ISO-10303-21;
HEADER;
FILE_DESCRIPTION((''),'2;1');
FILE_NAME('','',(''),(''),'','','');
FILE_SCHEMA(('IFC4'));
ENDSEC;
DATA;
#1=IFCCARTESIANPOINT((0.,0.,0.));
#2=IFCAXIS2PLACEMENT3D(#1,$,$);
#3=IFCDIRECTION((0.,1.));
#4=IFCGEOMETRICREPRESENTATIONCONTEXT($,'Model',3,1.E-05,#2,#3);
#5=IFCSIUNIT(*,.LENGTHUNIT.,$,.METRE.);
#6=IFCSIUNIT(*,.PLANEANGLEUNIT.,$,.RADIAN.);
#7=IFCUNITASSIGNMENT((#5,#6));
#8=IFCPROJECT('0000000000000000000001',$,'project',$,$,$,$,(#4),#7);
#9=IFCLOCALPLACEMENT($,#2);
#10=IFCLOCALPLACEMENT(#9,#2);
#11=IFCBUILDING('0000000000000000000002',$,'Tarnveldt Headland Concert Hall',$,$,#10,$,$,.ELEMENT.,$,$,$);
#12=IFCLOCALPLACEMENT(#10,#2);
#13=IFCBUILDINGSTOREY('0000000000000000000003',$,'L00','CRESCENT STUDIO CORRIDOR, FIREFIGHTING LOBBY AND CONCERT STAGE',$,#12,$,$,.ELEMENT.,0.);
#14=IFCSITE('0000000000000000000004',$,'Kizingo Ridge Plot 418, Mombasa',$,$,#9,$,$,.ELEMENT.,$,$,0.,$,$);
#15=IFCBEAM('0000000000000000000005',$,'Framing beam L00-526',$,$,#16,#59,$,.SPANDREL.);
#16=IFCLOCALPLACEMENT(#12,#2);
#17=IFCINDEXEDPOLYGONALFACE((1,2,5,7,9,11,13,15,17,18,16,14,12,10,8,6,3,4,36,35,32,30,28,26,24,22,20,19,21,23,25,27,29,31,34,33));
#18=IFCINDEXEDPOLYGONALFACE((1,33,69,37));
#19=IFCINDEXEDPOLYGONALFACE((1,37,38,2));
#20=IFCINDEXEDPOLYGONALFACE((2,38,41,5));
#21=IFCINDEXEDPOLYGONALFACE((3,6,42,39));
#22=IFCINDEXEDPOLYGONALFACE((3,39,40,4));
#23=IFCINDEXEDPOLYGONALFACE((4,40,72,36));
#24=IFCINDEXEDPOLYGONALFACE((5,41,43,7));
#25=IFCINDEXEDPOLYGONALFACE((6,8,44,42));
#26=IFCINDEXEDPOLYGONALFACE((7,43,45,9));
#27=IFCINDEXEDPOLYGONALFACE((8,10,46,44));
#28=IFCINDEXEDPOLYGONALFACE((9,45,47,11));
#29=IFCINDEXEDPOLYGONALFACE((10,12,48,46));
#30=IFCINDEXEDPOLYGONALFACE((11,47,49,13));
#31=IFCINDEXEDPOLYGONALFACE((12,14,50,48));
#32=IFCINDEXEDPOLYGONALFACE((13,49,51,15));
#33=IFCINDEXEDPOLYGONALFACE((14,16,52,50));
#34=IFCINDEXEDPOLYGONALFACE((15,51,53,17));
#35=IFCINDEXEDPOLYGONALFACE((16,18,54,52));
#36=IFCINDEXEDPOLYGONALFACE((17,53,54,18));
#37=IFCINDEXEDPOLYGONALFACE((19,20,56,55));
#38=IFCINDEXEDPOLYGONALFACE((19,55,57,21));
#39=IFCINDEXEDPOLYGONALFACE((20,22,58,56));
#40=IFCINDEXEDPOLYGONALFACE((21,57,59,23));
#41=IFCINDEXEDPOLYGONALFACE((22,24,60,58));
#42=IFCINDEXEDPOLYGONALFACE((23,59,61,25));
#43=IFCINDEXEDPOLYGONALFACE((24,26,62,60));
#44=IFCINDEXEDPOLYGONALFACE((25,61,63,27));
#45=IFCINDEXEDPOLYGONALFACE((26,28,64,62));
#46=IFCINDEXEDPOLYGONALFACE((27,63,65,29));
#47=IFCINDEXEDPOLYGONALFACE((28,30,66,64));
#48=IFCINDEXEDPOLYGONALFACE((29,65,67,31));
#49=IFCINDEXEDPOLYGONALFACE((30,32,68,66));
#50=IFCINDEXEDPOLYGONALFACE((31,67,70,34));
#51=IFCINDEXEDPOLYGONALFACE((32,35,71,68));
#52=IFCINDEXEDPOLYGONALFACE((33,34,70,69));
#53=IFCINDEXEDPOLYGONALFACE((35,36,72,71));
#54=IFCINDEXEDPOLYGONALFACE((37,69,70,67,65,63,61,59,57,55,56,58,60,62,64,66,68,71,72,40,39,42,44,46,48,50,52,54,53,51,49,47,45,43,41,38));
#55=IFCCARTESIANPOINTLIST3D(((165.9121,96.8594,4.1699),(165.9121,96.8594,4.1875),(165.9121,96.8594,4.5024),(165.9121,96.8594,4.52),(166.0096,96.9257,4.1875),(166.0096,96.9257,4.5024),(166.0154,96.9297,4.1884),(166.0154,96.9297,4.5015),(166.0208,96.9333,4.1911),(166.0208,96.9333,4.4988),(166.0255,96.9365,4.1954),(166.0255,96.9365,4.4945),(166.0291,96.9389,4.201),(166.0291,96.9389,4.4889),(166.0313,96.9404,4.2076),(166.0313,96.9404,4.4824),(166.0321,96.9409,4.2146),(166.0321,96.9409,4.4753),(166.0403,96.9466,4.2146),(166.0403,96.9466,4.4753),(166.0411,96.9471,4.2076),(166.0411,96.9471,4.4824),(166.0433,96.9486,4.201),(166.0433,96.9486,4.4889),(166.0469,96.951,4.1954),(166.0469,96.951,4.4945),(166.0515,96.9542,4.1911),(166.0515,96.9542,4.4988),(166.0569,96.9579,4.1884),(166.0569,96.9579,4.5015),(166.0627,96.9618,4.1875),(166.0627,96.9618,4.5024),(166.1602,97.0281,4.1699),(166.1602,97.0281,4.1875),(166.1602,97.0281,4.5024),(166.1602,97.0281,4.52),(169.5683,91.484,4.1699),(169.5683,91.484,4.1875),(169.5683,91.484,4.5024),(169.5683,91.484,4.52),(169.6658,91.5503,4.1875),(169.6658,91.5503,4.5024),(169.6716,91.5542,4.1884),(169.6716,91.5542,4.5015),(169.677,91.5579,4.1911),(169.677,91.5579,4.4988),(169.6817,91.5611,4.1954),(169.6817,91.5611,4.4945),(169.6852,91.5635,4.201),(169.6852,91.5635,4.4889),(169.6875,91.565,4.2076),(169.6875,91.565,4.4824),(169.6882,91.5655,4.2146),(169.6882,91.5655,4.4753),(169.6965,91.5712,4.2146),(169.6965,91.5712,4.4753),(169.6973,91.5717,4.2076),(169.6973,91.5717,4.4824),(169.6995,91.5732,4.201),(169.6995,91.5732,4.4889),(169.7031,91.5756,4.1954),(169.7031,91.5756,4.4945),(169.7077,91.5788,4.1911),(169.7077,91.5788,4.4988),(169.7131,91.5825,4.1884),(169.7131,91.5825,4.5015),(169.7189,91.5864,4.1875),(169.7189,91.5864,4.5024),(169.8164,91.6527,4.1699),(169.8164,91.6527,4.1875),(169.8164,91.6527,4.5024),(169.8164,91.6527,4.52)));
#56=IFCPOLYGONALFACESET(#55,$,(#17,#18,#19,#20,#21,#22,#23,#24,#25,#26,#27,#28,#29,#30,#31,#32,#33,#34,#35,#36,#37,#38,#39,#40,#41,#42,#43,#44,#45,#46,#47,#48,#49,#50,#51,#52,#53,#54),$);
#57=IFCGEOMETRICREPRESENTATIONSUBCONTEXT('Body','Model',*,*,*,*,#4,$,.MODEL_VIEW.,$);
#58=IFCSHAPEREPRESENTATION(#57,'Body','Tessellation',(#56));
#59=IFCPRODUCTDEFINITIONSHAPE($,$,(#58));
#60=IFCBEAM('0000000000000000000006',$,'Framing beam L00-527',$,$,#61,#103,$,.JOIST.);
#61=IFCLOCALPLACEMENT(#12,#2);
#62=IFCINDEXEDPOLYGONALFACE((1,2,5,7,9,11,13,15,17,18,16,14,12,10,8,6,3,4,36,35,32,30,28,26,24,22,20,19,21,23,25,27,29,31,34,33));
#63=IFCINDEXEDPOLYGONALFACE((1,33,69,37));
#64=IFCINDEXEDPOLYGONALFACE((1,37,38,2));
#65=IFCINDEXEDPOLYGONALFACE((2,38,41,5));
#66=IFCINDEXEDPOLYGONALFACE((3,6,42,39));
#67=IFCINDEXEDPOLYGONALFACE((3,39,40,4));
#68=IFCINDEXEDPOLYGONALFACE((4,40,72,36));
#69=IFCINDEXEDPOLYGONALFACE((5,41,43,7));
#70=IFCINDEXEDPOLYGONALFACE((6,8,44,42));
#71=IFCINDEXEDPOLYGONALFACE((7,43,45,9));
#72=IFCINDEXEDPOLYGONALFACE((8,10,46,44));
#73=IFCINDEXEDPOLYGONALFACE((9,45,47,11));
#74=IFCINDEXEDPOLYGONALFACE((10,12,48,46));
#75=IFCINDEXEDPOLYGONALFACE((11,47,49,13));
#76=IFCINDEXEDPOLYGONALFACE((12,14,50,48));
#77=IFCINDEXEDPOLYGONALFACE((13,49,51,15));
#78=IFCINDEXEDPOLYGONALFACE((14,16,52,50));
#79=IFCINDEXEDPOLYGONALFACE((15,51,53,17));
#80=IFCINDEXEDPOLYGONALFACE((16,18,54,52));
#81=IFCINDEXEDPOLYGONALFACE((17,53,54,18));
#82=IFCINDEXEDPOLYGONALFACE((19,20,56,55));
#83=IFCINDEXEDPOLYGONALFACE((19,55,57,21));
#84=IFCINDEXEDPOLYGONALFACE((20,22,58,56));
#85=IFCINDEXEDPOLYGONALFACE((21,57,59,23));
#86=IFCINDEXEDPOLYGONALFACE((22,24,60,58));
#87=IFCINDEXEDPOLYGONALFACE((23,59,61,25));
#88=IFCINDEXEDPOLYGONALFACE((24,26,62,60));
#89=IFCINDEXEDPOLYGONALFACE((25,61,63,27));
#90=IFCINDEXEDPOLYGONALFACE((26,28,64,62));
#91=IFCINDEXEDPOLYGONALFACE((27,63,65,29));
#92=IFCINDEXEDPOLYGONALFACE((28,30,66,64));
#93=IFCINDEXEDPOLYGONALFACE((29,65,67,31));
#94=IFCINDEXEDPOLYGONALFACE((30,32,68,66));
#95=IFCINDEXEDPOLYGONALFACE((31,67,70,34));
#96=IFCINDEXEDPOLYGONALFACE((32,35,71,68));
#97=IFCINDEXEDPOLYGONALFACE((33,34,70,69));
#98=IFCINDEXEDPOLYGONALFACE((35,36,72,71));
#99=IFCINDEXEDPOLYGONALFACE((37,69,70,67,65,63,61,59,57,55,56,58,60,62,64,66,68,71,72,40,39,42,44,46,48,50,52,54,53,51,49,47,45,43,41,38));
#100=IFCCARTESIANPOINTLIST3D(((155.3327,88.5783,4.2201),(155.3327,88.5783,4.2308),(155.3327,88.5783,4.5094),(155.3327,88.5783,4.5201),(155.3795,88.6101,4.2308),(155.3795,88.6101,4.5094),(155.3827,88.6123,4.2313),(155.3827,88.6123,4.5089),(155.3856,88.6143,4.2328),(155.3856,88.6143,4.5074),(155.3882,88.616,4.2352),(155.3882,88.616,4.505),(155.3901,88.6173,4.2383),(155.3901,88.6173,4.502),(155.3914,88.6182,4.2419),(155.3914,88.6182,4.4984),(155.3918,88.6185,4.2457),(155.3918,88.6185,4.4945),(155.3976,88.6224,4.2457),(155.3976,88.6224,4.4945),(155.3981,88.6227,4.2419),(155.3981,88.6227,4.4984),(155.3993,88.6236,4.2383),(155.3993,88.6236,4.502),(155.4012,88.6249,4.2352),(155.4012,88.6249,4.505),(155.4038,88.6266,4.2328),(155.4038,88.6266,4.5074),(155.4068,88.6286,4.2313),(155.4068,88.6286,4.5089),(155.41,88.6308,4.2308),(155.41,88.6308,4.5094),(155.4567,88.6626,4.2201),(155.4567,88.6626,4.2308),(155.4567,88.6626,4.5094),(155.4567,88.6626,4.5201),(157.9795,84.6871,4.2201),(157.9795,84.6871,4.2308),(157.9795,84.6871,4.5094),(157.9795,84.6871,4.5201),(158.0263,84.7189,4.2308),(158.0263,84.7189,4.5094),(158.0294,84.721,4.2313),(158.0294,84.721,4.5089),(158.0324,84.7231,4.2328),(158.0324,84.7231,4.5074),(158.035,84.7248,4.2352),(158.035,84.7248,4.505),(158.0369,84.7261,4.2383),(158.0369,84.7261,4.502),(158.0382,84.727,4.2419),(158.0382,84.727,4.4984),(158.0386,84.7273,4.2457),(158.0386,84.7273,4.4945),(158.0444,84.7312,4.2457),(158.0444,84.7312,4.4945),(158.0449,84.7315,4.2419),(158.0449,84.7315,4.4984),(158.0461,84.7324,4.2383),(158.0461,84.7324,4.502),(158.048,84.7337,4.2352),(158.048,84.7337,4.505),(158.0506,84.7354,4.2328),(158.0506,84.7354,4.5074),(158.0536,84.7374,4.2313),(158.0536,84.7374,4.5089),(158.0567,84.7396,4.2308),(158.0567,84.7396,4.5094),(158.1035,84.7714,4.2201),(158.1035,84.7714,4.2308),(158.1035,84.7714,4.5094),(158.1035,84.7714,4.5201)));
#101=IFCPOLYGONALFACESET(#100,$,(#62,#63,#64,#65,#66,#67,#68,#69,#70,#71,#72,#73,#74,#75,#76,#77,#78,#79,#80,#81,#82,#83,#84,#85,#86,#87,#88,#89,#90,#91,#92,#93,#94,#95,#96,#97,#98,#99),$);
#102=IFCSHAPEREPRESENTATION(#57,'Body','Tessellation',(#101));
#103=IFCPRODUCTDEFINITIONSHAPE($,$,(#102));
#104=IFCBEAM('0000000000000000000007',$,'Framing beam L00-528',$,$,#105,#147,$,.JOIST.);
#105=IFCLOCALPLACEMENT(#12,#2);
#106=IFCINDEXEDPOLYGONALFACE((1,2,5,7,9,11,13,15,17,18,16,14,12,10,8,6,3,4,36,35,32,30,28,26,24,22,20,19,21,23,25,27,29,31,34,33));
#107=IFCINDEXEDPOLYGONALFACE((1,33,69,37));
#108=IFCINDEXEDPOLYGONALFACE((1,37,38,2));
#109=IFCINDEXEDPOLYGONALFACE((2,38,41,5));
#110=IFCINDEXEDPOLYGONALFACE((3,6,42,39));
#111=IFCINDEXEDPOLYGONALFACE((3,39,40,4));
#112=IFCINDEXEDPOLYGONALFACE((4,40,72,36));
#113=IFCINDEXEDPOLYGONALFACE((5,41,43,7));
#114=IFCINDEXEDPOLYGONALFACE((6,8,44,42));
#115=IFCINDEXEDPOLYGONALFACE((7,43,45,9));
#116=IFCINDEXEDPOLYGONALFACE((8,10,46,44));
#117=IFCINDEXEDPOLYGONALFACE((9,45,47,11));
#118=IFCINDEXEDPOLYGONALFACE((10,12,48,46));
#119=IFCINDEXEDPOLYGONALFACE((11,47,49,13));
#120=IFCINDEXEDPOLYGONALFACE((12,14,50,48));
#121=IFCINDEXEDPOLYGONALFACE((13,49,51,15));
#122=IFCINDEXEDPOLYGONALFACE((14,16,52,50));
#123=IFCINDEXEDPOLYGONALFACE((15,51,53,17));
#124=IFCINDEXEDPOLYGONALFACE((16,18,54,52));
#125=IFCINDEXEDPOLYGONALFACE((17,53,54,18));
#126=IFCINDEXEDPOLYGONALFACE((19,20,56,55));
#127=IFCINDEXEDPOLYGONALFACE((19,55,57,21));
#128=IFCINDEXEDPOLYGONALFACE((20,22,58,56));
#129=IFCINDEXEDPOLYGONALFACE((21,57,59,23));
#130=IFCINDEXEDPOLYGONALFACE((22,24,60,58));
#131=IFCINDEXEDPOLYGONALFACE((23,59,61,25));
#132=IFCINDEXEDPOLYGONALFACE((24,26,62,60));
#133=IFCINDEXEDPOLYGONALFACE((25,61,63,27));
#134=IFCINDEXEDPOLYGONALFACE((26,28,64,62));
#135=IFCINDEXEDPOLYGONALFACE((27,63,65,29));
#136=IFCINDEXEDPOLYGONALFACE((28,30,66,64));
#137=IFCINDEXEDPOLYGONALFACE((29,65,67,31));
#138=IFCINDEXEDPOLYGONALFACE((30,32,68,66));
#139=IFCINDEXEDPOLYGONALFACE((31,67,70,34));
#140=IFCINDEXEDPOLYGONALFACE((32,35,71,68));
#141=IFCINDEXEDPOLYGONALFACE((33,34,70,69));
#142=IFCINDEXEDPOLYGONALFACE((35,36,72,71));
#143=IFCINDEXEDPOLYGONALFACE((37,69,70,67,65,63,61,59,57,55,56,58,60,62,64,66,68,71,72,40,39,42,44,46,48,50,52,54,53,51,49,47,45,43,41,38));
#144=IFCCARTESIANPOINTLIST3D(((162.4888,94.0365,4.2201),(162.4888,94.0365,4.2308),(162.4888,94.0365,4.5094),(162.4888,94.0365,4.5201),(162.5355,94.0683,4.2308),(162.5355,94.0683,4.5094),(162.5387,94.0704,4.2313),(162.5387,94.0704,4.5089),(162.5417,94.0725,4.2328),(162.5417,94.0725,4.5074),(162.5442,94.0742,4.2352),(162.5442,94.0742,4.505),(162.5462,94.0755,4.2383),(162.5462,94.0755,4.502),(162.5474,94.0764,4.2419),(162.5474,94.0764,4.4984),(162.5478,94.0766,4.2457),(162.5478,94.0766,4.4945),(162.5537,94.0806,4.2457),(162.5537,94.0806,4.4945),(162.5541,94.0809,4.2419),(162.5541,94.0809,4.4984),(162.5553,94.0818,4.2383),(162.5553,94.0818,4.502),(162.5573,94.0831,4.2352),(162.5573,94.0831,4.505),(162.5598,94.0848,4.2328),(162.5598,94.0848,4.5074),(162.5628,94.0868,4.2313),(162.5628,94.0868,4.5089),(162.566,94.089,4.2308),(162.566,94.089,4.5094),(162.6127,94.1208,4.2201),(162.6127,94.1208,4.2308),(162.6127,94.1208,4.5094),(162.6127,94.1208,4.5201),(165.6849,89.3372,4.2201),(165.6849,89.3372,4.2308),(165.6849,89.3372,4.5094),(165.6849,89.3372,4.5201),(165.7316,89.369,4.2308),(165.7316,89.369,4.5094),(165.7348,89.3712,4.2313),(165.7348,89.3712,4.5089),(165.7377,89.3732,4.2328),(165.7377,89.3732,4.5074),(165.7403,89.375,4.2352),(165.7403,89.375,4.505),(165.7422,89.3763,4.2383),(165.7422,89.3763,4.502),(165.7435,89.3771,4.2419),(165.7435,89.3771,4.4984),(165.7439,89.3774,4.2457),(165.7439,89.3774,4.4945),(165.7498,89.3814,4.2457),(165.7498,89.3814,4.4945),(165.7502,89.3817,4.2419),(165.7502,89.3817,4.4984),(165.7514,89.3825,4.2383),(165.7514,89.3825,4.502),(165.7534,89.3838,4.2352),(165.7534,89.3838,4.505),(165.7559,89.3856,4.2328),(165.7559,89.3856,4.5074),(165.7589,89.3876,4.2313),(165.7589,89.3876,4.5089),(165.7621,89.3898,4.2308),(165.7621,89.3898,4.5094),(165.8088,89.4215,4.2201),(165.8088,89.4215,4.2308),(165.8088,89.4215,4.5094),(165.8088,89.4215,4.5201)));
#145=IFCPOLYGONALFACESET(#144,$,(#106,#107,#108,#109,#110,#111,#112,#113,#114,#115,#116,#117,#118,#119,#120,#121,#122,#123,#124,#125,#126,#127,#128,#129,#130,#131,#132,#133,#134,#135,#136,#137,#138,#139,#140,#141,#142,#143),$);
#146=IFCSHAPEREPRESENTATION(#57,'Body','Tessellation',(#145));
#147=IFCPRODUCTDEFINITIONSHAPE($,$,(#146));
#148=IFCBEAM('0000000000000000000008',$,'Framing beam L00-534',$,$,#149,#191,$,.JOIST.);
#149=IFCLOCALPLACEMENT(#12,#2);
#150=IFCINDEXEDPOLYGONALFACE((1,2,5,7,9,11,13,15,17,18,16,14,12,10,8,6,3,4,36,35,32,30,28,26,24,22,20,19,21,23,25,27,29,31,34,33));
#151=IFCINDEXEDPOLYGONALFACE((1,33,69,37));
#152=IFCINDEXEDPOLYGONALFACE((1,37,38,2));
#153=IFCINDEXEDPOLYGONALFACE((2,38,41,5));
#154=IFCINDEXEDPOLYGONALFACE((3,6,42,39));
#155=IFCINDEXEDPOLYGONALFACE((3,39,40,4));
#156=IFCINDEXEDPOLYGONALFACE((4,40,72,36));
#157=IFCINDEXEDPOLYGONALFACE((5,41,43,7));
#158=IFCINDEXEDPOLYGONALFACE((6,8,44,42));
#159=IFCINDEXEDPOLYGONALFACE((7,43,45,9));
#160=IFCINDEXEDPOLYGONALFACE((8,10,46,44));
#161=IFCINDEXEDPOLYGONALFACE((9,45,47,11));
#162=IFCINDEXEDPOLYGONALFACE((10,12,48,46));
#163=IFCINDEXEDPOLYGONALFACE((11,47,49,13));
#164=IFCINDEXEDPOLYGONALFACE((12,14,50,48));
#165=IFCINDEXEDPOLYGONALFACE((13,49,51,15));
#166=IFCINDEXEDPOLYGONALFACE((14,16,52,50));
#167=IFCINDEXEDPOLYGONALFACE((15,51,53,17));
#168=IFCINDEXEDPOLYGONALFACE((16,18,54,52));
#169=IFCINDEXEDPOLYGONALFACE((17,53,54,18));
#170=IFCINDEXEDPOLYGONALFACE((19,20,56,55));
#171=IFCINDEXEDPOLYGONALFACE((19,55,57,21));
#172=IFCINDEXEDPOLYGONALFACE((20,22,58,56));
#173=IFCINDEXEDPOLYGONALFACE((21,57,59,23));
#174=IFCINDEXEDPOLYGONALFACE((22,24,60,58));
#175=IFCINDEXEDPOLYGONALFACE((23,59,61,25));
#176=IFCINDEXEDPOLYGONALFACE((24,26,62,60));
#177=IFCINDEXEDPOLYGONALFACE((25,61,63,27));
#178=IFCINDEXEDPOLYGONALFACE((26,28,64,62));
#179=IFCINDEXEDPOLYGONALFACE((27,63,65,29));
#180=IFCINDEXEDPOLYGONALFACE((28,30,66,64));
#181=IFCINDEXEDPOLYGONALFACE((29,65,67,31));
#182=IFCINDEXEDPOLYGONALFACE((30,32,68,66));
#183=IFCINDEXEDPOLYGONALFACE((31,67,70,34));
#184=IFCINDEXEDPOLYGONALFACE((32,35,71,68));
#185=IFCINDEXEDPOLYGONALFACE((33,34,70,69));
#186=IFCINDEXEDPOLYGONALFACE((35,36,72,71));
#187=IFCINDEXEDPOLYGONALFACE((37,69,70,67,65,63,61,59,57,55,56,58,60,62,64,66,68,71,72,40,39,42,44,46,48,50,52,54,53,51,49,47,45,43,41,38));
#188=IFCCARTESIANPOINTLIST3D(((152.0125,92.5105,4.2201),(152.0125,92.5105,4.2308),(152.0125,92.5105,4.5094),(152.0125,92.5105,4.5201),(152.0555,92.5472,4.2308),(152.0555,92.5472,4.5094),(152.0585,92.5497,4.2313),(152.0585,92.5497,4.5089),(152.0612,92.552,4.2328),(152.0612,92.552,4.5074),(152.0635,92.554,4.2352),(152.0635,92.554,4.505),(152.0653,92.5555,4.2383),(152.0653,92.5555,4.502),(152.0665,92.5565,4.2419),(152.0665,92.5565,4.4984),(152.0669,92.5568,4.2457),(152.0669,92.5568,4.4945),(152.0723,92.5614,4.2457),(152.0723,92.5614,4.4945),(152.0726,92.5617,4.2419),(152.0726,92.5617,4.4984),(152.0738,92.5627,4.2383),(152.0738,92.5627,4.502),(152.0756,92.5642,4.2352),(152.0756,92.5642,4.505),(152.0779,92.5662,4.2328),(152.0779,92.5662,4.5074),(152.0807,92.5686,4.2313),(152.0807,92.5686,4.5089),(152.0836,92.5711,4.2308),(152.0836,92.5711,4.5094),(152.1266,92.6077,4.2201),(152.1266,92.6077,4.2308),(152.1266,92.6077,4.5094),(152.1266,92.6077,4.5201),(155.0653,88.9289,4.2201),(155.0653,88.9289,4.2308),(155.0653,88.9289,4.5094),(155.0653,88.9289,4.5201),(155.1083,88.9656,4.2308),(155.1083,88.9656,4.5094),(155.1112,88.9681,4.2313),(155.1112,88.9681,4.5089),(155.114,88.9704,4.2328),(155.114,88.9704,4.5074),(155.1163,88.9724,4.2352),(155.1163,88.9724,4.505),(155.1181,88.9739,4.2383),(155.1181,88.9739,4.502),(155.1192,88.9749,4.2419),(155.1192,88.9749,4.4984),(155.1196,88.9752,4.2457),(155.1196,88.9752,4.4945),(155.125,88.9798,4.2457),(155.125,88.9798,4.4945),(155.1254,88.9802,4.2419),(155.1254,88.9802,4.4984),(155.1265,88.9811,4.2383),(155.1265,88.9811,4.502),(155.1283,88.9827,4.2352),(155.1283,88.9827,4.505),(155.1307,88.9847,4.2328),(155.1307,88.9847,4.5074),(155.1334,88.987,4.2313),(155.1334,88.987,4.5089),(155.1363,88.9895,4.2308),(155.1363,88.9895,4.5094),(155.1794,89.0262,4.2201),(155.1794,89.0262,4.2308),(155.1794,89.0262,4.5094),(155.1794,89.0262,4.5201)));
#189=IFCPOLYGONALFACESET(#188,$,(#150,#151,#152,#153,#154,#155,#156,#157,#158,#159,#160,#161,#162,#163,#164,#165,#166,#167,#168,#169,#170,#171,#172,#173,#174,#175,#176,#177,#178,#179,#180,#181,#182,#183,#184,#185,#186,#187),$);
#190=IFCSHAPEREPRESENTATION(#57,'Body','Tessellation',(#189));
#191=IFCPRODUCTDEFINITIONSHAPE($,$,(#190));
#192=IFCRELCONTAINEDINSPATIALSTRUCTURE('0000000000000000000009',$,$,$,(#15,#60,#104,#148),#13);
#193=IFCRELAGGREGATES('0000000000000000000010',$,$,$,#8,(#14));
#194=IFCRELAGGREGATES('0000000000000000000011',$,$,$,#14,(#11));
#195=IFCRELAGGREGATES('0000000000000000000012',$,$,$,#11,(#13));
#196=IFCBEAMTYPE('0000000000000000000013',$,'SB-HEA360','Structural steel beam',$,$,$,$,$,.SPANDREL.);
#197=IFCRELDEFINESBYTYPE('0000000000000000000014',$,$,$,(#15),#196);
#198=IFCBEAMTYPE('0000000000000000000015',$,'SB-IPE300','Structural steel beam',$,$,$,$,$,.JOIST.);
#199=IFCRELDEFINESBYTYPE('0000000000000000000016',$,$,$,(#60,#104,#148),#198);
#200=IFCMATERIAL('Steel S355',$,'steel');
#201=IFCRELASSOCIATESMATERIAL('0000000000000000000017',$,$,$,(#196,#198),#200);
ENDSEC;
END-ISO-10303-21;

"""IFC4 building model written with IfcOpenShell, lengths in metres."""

from ifc_helpers import new_model, si_unit, direction, frame, origin, origin_2d, place, context, subcontext, project, spatial, i_section, extrude, material, material_profile, profile_set, type_object, element, save


model = new_model("IFC4")

# Units and contexts
model_context = context("Model", 3, precision=1e-05, world=origin(), true_north=direction((0.0, 1.0)))
body_context = subcontext(model_context, "Body", "Model", "MODEL_VIEW")
ifc_project = project(units=[si_unit("LENGTHUNIT", "METRE"), si_unit("PLANEANGLEUNIT", "RADIAN")], contexts=[model_context])

# Site, building, storey
site_placement = place(None, origin())
site = spatial("IfcSite", under=ifc_project, at=site_placement, Name="Kizingo Ridge Plot 418, Mombasa", CompositionType="ELEMENT", RefElevation=0.0)
building_placement = place(site_placement, origin())
building = spatial("IfcBuilding", under=site, at=building_placement, Name="Tarnveldt Headland Concert Hall", CompositionType="ELEMENT")
storey_placement = place(building_placement, origin())
storey = spatial("IfcBuildingStorey", under=building, at=storey_placement, Name="L00", Description="CRESCENT STUDIO CORRIDOR, FIREFIGHTING LOBBY AND CONCERT STAGE", CompositionType="ELEMENT", Elevation=0.0)

# Beams
ifc_material_1 = material(Name="Steel S355", Category="steel")
ifc_material_profile_1 = material_profile(ifc_material_1, i_section(OverallWidth=0.3, OverallDepth=0.3501, WebThickness=0.01, FlangeThickness=0.0176, FilletRadius=0.0271, at=origin_2d()), Name="HEA360", Category="steel")
ifc_profile_set_1 = profile_set([ifc_material_profile_1], Name="Steel S355")
beam_type_1 = type_object("IfcBeamType", Name="SB-HEA360", Description="Structural steel beam", PredefinedType="SPANDREL", material=ifc_profile_set_1)
beam_1_placement = place(storey_placement, frame((169.6924, 91.5684, 4.345), z_axis=(-0.562407, 0.826861, 0.0), x_axis=(-0.826861, -0.562407, 0.0)))
element("IfcBeam", 1, at=beam_1_placement, inside=storey, type_object=beam_type_1, Name="Framing beam L00-526", PredefinedType="SPANDREL", context=body_context, shape_type="SweptSolid", body=[
    extrude(i_section(OverallWidth=0.3, OverallDepth=0.3501, WebThickness=0.01, FlangeThickness=0.0176, FilletRadius=0.0271, at=origin_2d()), origin(), (0.0, 0.0, 1.0), 6.501),
])
ifc_material_profile_2 = material_profile(ifc_material_1, i_section(OverallWidth=0.1499, OverallDepth=0.3, WebThickness=0.0071, FlangeThickness=0.0107, FilletRadius=0.0149, at=origin_2d()), Name="IPE300", Category="steel")
ifc_profile_set_2 = profile_set([ifc_material_profile_2], Name="Steel S355")
beam_type_2 = type_object("IfcBeamType", Name="SB-IPE300", Description="Structural steel beam", PredefinedType="JOIST", material=ifc_profile_set_2)
beam_2_placement = place(storey_placement, frame((158.0415, 84.7292, 4.3701), z_axis=(-0.562422, 0.82685, 0.0), x_axis=(-0.82685, -0.562422, 0.0)))
element("IfcBeam", 2, at=beam_2_placement, inside=storey, type_object=beam_type_2, Name="Framing beam L00-527", PredefinedType="JOIST", context=body_context, shape_type="SweptSolid", body=[
    extrude(i_section(OverallWidth=0.1499, OverallDepth=0.3, WebThickness=0.0071, FlangeThickness=0.0107, FilletRadius=0.0149, at=origin_2d()), origin(), (0.0, 0.0, 1.0), 4.7061),
])
beam_3_placement = place(storey_placement, frame((165.7468, 89.3794, 4.3701), z_axis=(-0.562379, 0.826879, 0.0), x_axis=(-0.826879, -0.562379, 0.0)))
element("IfcBeam", 3, at=beam_3_placement, inside=storey, type_object=beam_type_2, Name="Framing beam L00-528", PredefinedType="JOIST", context=body_context, shape_type="SweptSolid", body=[
    extrude(i_section(OverallWidth=0.1499, OverallDepth=0.3, WebThickness=0.0071, FlangeThickness=0.0107, FilletRadius=0.0149, at=origin_2d()), origin(), (0.0, 0.0, 1.0), 5.6831),
])
beam_4_placement = place(storey_placement, frame((155.1223, 88.9775, 4.3701), z_axis=(-0.648687, 0.761055, 0.0), x_axis=(-0.761055, -0.648687, 0.0)))
element("IfcBeam", 4, at=beam_4_placement, inside=storey, type_object=beam_type_2, Name="Framing beam L00-534", PredefinedType="JOIST", context=body_context, shape_type="SweptSolid", body=[
    extrude(i_section(OverallWidth=0.1499, OverallDepth=0.3, WebThickness=0.0071, FlangeThickness=0.0107, FilletRadius=0.0149, at=origin_2d()), origin(), (0.0, 0.0, 1.0), 4.7061),
])

save(model, "model.ifc")
